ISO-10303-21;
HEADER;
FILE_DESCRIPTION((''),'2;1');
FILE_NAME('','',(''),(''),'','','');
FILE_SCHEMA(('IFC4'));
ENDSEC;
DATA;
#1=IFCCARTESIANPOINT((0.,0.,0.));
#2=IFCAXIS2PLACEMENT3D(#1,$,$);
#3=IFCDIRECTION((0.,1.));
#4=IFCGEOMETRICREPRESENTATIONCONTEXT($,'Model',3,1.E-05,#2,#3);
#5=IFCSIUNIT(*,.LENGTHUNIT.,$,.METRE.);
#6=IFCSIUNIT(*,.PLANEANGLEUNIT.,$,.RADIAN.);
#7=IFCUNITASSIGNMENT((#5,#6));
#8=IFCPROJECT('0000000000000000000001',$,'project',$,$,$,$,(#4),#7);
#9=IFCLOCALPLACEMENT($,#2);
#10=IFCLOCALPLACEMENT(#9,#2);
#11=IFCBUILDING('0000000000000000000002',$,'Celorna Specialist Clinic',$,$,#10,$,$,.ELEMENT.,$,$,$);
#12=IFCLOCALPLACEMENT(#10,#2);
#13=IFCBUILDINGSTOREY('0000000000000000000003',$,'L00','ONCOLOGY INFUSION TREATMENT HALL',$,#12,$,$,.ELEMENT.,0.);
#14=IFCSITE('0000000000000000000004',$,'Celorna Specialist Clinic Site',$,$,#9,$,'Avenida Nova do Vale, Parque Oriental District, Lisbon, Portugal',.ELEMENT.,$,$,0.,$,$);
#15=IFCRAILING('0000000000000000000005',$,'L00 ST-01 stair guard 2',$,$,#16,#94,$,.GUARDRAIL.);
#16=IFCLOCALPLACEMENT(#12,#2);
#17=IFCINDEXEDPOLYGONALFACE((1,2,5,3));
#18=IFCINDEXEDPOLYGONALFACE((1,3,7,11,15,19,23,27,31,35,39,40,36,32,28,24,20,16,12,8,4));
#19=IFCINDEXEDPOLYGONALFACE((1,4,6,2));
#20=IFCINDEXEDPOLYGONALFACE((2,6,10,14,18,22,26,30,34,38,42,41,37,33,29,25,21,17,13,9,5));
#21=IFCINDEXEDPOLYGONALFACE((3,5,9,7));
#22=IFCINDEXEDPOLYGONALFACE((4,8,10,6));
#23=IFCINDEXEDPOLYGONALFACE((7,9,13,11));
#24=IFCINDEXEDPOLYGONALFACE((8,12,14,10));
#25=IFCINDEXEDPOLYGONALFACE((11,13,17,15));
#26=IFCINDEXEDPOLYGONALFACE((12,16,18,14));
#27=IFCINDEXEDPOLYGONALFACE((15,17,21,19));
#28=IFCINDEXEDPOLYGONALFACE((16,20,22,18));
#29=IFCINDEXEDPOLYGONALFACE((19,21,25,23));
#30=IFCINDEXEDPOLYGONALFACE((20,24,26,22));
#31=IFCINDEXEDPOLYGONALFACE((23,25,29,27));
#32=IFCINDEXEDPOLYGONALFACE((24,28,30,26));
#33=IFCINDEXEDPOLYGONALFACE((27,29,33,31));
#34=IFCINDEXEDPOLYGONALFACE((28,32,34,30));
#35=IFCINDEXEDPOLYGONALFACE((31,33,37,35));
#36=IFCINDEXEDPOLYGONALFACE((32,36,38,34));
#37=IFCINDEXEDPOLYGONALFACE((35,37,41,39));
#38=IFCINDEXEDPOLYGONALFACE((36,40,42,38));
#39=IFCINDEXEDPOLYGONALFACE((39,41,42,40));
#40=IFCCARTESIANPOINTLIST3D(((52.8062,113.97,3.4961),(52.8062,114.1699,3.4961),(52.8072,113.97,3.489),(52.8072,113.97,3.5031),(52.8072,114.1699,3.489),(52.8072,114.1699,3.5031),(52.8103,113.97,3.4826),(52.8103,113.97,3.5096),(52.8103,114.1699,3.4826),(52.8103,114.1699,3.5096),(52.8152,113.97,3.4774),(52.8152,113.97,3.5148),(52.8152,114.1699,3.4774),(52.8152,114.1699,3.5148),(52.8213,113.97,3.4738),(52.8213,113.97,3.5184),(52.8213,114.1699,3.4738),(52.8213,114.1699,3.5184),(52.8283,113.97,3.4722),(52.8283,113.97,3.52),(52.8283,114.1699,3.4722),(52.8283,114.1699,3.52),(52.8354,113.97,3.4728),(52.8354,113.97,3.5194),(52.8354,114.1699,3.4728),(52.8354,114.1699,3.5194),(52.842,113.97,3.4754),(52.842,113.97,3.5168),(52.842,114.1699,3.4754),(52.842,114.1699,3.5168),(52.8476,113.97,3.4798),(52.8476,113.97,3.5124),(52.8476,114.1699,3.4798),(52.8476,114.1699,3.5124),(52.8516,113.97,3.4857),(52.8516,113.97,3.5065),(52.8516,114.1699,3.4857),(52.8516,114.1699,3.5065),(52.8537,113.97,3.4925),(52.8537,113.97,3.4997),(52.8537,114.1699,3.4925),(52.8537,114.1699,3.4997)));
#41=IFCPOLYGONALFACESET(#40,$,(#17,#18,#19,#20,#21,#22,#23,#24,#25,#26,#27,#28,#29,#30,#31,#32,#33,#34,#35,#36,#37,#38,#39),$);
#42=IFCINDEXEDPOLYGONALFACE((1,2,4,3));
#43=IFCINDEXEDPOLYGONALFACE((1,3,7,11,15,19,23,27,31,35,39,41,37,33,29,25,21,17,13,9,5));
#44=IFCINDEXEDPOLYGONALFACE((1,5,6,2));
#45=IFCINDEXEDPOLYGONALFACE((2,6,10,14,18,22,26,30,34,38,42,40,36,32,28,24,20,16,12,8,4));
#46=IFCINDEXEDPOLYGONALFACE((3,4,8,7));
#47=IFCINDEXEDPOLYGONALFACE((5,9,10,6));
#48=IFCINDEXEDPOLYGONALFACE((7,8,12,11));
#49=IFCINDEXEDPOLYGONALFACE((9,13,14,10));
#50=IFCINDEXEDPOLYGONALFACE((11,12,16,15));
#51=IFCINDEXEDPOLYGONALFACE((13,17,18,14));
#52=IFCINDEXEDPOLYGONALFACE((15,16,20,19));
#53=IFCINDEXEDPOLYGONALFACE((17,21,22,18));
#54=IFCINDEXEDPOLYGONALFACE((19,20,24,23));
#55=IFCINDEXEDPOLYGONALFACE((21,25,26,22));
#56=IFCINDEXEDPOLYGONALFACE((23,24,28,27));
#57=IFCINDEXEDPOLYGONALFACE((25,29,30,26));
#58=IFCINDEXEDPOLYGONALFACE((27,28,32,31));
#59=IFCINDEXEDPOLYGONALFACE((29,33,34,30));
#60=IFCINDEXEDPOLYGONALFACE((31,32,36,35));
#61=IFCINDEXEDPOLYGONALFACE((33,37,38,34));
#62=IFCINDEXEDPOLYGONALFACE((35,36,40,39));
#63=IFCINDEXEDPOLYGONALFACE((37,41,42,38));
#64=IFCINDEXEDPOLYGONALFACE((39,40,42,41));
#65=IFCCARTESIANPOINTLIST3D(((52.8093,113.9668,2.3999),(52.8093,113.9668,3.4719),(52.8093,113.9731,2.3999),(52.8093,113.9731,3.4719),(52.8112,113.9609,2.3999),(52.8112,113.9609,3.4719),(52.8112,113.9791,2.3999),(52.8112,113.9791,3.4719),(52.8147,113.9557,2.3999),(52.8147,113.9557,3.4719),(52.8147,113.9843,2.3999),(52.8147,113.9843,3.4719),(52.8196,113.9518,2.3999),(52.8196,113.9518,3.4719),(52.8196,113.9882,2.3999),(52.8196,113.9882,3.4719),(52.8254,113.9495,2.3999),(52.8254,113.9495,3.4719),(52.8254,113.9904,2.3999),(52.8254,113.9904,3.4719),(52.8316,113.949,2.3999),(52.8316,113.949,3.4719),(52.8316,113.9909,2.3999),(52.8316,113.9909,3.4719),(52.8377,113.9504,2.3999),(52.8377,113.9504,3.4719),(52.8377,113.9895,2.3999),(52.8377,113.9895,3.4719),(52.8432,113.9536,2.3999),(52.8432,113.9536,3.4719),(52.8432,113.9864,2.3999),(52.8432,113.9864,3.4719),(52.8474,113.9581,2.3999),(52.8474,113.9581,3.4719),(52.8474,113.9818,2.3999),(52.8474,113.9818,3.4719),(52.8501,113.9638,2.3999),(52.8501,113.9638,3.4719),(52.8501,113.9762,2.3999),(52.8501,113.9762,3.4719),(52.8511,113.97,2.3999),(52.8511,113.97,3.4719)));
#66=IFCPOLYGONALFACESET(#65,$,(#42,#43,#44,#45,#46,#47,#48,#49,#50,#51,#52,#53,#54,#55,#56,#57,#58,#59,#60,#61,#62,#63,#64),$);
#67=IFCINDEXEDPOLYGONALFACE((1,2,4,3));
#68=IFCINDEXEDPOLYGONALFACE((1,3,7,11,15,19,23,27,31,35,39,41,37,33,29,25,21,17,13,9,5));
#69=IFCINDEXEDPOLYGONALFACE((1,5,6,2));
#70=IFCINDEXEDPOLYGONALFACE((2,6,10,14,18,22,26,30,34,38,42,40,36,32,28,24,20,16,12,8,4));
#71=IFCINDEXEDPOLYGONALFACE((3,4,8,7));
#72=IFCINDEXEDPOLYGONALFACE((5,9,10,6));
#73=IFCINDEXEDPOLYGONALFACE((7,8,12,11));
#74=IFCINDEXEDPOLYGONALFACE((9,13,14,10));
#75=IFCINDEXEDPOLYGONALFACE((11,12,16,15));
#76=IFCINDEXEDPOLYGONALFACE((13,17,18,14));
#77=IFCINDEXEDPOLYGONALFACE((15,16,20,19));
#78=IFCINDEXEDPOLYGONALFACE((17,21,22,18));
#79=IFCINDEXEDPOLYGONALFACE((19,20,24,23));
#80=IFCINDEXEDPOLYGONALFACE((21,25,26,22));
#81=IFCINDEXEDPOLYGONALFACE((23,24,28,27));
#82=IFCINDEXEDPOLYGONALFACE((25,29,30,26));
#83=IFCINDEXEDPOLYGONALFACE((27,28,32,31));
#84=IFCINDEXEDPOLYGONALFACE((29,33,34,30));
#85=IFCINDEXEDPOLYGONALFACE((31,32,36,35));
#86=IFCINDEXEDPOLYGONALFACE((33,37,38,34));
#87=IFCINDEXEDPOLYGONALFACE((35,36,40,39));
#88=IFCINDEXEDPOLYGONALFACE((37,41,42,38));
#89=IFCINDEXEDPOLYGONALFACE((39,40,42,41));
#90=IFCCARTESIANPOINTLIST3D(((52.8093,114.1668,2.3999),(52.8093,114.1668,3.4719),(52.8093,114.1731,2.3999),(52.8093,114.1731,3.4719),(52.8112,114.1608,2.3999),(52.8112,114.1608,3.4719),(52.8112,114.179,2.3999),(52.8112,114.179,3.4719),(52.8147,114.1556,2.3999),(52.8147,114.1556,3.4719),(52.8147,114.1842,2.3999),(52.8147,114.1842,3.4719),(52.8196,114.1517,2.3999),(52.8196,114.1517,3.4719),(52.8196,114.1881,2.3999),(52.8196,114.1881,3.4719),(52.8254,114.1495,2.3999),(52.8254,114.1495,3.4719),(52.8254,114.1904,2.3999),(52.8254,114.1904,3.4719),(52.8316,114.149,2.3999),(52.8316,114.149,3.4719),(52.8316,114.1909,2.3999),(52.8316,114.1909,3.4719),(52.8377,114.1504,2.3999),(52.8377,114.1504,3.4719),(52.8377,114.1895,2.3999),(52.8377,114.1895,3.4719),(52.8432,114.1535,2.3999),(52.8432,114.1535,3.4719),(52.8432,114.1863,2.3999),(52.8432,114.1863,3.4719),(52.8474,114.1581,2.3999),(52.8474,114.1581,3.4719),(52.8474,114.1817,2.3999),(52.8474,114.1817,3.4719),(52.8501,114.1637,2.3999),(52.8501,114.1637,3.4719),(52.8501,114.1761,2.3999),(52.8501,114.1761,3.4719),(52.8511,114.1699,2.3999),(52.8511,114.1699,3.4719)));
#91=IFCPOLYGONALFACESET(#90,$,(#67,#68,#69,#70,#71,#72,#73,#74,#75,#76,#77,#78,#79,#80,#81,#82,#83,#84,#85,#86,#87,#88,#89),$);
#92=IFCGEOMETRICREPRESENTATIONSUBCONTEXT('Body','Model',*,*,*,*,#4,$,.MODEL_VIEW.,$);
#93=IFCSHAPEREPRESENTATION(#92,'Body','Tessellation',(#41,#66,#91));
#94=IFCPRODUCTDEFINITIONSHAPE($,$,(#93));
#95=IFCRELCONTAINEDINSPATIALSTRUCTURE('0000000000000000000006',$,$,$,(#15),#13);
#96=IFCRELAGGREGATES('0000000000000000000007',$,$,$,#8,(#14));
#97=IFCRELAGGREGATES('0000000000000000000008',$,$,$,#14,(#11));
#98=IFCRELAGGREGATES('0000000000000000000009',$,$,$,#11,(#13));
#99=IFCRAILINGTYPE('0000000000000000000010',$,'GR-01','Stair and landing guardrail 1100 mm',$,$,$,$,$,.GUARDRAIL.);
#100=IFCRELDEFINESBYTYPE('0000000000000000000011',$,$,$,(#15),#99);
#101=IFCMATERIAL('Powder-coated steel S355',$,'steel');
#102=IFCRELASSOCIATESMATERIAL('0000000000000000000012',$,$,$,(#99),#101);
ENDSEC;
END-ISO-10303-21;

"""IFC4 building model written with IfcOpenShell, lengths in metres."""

from ifc_helpers import new_model, si_unit, direction, frame, origin, origin_2d, place, context, subcontext, project, spatial, circle, extrude, material, type_object, element, save


model = new_model("IFC4")

# Units and contexts
model_context = context("Model", 3, precision=1e-05, world=origin(), true_north=direction((0.0, 1.0)))
body_context = subcontext(model_context, "Body", "Model", "MODEL_VIEW")
ifc_project = project(units=[si_unit("LENGTHUNIT", "METRE"), si_unit("PLANEANGLEUNIT", "RADIAN")], contexts=[model_context])

# Site, building, storey
site_placement = place(None, origin())
site = spatial("IfcSite", under=ifc_project, at=site_placement, Name="Celorna Specialist Clinic Site", LongName="Avenida Nova do Vale, Parque Oriental District, Lisbon, Portugal", CompositionType="ELEMENT", RefElevation=0.0)
building_placement = place(site_placement, origin())
building = spatial("IfcBuilding", under=site, at=building_placement, Name="Celorna Specialist Clinic", CompositionType="ELEMENT")
storey_placement = place(building_placement, origin())
storey = spatial("IfcBuildingStorey", under=building, at=storey_placement, Name="L00", Description="ONCOLOGY INFUSION TREATMENT HALL", CompositionType="ELEMENT", Elevation=0.0)

# Railing
ifc_material_1 = material(Name="Powder-coated steel S355", Category="steel")
railing_type_1 = type_object("IfcRailingType", Name="GR-01", Description="Stair and landing guardrail 1100 mm", PredefinedType="GUARDRAIL", material=ifc_material_1)
railing_1_placement = place(storey_placement, frame((52.8301, 113.97, 2.3999)))
element("IfcRailing", 1, at=railing_1_placement, inside=storey, type_object=railing_type_1, Name="L00 ST-01 stair guard 2", PredefinedType="GUARDRAIL", context=body_context, shape_type="SweptSolid", body=[
    extrude(circle(Radius=0.0239, at=origin_2d()), frame((0.0, 0.0, 1.0962), z_axis=(0.0, 1.0, 0.0), x_axis=(-1.0, 0.0, 0.0)), (0.0, 0.0, 1.0), 0.2),
    extrude(circle(Radius=0.021, at=origin_2d()), origin(), (0.0, 0.0, 1.0), 1.072),
    extrude(circle(Radius=0.021, at=origin_2d()), frame((0.0, 0.2, 0.0)), (0.0, 0.0, 1.0), 1.072),
])

save(model, "model.ifc")
